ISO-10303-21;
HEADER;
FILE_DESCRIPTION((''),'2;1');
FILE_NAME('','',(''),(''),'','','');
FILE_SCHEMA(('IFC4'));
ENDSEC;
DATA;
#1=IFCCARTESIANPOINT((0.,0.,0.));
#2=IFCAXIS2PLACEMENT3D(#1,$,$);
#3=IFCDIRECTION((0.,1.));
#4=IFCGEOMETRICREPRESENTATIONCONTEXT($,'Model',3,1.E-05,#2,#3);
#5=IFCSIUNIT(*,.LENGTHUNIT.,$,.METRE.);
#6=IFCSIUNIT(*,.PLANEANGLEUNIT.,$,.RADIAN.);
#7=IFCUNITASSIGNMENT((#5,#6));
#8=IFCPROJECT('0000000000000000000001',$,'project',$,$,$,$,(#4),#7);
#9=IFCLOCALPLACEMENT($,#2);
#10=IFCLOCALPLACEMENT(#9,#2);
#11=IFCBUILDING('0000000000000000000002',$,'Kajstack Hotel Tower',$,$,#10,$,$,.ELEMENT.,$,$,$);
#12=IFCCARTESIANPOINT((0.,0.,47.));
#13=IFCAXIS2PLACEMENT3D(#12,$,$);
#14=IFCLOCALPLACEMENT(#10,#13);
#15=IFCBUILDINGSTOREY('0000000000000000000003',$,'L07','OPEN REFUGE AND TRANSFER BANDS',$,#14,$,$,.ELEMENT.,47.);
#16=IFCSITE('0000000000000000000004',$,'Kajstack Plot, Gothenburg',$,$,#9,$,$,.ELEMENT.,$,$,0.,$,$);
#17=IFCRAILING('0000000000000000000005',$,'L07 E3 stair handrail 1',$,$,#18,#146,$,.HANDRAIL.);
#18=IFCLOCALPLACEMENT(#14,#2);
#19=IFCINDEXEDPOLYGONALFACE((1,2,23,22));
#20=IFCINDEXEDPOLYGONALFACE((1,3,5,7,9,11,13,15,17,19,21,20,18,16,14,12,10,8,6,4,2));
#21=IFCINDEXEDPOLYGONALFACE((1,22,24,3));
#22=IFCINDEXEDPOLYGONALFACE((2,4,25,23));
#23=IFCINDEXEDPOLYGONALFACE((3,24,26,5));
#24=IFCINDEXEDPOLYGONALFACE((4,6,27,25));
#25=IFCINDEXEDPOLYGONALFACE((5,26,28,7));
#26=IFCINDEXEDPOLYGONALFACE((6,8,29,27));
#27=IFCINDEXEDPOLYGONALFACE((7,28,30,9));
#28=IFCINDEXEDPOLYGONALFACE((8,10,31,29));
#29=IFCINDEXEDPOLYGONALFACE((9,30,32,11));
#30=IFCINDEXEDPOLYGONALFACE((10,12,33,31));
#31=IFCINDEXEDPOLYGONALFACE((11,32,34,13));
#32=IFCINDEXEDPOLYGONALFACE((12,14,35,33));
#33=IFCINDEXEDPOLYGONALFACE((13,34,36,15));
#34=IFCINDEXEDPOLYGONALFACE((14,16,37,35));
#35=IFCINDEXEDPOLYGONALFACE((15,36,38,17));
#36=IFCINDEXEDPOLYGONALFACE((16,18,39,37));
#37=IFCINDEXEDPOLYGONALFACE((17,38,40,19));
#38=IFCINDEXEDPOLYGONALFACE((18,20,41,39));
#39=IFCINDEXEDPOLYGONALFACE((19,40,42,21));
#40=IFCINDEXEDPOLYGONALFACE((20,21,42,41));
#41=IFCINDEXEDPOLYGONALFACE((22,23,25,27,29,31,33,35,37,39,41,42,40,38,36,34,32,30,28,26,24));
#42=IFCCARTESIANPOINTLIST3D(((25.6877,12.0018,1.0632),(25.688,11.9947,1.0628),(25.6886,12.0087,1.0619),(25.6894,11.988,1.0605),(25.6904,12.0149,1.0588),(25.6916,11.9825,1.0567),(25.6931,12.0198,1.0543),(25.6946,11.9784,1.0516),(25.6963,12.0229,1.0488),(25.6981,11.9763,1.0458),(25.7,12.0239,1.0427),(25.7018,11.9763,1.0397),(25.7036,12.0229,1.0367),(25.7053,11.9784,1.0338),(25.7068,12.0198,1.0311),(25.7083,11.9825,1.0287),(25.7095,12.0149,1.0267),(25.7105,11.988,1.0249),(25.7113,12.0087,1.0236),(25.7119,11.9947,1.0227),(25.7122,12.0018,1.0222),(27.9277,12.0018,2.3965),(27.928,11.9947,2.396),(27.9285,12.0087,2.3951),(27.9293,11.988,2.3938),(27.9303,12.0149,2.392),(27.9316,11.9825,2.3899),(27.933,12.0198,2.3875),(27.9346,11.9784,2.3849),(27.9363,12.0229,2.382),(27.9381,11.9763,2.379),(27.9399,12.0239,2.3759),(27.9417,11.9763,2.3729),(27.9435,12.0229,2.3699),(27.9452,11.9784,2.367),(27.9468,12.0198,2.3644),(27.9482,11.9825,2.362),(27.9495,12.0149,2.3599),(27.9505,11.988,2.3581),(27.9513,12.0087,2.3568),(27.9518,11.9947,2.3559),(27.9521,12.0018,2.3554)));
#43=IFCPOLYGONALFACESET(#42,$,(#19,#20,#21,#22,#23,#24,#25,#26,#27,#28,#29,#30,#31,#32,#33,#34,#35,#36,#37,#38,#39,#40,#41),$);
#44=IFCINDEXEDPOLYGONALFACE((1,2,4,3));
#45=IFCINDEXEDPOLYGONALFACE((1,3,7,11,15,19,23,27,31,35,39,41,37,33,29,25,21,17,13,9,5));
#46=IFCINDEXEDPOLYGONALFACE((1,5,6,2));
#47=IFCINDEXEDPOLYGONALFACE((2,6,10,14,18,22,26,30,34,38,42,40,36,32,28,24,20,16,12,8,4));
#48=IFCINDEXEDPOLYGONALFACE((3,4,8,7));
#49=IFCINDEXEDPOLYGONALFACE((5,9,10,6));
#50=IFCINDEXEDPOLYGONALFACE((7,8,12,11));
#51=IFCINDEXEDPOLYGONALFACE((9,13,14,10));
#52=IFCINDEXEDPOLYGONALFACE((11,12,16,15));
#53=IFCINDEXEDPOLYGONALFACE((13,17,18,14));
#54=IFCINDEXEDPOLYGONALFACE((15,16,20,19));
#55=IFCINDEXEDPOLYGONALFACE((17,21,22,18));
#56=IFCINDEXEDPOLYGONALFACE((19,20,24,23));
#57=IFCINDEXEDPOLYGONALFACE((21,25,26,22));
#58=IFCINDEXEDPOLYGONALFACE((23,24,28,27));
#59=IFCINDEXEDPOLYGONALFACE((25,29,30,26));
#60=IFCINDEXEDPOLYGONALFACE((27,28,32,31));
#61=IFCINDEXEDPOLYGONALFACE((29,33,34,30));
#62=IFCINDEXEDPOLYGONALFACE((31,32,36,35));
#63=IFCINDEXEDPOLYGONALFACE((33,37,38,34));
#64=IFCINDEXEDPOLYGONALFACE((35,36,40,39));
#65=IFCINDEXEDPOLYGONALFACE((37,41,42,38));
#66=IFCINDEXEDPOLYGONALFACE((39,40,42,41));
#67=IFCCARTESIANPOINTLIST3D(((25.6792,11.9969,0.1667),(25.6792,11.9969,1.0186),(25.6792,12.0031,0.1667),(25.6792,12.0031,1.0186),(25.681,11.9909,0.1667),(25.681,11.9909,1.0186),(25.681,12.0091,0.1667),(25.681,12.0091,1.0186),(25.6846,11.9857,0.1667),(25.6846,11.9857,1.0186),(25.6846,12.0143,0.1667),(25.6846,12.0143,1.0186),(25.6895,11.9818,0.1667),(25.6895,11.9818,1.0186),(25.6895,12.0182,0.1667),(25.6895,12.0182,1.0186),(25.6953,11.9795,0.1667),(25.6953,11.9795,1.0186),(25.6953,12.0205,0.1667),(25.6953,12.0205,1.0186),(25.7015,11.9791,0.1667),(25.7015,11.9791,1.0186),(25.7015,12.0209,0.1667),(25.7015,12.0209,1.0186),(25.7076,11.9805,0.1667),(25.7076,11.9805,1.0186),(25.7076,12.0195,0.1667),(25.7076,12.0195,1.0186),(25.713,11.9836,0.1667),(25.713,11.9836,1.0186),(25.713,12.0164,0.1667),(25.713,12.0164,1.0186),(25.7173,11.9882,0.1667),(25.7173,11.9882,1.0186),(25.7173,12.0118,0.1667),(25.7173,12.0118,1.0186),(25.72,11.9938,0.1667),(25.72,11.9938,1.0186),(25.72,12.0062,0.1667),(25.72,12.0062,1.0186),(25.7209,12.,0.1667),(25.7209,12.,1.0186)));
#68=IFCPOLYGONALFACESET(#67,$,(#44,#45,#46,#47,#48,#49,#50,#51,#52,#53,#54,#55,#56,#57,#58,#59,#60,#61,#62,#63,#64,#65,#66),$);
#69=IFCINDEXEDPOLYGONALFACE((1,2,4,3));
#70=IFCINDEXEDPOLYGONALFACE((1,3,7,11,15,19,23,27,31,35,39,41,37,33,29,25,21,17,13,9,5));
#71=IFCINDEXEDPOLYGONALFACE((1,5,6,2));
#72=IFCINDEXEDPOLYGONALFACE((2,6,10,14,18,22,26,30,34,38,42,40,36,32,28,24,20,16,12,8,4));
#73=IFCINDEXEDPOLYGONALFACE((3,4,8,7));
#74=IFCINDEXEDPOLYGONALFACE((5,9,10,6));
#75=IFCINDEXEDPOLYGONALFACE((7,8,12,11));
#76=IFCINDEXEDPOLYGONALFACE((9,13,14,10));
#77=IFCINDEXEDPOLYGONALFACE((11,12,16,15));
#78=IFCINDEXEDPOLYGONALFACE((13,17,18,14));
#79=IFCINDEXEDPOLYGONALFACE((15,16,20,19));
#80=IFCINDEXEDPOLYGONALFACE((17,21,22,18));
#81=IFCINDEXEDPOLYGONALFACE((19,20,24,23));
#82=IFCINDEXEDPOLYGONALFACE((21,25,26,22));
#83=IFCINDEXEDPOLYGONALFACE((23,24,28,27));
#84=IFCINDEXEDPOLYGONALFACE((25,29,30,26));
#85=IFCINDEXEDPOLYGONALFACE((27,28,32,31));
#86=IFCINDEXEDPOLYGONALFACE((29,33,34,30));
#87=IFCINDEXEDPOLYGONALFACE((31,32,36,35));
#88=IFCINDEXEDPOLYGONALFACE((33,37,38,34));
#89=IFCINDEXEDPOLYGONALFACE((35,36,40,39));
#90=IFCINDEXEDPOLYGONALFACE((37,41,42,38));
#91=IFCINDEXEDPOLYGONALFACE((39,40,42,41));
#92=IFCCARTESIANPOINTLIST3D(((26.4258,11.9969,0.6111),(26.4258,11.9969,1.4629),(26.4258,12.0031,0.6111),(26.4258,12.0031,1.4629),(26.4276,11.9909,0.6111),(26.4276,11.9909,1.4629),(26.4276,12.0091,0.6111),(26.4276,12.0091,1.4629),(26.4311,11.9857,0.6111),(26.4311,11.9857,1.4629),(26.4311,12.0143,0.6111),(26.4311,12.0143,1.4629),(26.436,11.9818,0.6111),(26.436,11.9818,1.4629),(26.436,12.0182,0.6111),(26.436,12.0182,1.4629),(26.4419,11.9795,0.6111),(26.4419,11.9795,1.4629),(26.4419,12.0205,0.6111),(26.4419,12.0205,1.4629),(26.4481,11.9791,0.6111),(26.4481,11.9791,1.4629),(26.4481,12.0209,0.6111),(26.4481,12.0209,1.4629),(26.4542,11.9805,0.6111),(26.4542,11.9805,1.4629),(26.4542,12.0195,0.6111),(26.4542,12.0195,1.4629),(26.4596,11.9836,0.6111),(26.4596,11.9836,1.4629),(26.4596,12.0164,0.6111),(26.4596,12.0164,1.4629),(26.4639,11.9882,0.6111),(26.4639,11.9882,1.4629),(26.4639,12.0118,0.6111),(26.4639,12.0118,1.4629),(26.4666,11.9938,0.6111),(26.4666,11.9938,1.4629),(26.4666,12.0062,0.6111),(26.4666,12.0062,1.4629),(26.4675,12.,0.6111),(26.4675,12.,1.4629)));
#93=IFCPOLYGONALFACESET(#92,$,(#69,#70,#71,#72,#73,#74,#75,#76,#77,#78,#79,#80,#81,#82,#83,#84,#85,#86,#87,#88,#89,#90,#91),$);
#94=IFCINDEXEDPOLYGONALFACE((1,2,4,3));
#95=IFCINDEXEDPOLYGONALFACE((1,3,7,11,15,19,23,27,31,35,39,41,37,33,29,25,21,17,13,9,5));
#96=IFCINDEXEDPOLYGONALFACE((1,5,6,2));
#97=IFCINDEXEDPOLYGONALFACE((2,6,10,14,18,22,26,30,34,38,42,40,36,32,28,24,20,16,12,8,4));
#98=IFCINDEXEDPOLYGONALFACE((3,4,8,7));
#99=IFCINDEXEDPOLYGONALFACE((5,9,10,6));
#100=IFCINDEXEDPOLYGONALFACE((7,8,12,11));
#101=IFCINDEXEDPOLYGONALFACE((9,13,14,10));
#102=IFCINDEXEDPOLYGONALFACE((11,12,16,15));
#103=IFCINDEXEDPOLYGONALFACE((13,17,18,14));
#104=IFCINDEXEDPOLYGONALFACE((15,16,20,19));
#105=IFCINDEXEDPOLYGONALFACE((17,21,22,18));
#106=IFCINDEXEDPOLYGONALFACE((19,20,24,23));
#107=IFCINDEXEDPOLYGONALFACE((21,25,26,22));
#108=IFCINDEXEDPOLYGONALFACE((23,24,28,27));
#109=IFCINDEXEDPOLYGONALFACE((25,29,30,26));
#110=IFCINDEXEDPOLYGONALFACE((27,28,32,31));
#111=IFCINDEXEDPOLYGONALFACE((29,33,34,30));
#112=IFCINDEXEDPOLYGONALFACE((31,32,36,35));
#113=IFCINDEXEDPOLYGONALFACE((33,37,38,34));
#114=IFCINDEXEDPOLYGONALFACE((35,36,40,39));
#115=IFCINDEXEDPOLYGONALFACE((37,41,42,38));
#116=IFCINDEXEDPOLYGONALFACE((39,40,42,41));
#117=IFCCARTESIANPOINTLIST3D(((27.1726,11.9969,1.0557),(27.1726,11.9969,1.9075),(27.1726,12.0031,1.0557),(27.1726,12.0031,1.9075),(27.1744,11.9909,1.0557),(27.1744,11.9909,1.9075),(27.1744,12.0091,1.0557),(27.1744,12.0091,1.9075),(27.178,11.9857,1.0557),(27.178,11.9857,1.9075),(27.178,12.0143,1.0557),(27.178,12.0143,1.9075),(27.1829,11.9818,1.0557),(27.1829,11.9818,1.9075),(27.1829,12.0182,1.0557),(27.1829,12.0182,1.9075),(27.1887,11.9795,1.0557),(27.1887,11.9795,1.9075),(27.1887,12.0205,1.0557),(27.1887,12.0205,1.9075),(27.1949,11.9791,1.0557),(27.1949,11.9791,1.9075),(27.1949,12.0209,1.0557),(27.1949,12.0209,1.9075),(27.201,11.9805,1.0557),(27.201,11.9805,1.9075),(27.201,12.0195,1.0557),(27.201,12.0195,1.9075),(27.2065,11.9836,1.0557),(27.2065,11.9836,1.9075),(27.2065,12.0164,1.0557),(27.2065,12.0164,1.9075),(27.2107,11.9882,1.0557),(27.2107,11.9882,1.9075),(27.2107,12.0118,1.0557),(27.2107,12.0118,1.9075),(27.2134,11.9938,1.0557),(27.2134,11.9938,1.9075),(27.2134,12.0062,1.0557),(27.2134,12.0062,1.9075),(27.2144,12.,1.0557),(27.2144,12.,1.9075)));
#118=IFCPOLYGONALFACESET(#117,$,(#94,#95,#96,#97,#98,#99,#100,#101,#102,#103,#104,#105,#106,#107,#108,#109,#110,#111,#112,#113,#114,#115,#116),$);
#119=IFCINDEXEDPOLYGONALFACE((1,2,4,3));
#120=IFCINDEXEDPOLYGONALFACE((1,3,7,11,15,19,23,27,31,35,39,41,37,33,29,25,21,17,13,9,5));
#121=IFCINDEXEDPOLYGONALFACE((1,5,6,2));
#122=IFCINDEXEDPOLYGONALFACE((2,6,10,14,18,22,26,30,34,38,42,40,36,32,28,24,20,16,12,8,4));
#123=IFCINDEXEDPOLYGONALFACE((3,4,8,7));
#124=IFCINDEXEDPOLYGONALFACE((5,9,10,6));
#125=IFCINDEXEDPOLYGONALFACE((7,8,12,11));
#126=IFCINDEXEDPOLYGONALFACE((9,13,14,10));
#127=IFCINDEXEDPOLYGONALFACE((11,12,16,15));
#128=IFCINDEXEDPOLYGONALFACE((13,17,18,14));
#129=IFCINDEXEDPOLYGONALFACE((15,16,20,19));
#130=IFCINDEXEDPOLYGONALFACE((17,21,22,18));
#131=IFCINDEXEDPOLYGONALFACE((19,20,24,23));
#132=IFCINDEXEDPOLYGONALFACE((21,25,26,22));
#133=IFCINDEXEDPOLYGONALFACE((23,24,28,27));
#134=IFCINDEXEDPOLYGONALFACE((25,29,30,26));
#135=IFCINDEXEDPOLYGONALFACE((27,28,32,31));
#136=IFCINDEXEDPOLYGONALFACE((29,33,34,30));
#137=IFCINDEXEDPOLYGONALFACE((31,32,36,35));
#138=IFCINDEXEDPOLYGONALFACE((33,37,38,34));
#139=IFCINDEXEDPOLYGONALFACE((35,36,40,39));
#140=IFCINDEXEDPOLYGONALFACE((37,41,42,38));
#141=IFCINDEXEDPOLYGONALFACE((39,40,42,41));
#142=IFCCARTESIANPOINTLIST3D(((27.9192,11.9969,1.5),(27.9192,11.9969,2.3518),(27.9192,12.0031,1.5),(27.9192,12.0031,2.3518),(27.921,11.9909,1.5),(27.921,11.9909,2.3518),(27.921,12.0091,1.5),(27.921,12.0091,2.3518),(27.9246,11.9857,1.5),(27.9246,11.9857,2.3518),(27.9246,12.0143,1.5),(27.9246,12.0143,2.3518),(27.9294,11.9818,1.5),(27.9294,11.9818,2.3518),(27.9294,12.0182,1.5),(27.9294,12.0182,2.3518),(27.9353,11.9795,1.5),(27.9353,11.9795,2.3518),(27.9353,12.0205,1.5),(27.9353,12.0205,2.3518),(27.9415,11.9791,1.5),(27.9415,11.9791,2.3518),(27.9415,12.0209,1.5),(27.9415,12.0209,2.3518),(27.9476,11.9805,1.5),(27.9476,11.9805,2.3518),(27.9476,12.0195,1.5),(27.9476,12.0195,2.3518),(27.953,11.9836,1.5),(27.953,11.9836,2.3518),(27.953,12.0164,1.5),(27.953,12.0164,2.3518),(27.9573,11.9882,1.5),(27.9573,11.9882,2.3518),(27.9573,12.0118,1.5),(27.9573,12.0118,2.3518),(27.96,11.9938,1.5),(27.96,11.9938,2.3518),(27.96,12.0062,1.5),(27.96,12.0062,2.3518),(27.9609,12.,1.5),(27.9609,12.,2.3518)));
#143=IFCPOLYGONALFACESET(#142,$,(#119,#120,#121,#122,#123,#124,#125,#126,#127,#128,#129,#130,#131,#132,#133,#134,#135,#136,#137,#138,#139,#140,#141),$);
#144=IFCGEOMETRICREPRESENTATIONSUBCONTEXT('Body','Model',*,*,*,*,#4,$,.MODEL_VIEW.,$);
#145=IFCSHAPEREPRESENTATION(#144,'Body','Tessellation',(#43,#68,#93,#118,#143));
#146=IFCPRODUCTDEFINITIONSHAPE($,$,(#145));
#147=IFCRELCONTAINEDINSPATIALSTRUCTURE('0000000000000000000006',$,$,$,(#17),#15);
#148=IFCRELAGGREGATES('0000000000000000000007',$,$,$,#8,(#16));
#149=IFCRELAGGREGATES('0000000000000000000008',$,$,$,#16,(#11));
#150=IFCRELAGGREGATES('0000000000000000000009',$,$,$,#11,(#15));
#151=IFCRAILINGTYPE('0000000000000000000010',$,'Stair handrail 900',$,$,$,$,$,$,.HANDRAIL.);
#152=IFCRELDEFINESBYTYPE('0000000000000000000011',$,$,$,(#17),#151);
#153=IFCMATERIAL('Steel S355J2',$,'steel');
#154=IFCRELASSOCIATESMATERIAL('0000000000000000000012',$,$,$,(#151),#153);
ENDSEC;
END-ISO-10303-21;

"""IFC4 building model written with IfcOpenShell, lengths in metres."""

from ifc_helpers import new_model, si_unit, direction, frame, origin, origin_2d, place, context, subcontext, project, spatial, circle, extrude, material, type_object, element, save


model = new_model("IFC4")

# Units and contexts
model_context = context("Model", 3, precision=1e-05, world=origin(), true_north=direction((0.0, 1.0)))
body_context = subcontext(model_context, "Body", "Model", "MODEL_VIEW")
ifc_project = project(units=[si_unit("LENGTHUNIT", "METRE"), si_unit("PLANEANGLEUNIT", "RADIAN")], contexts=[model_context])

# Site, building, storey
site_placement = place(None, origin())
site = spatial("IfcSite", under=ifc_project, at=site_placement, Name="Kajstack Plot, Gothenburg", CompositionType="ELEMENT", RefElevation=0.0)
building_placement = place(site_placement, origin())
building = spatial("IfcBuilding", under=site, at=building_placement, Name="Kajstack Hotel Tower", CompositionType="ELEMENT")
storey_placement = place(building_placement, frame((0.0, 0.0, 47.0)))
storey = spatial("IfcBuildingStorey", under=building, at=storey_placement, Name="L07", Description="OPEN REFUGE AND TRANSFER BANDS", CompositionType="ELEMENT", Elevation=47.0)

# Railing
ifc_material_1 = material(Name="Steel S355J2", Category="steel")
railing_type_1 = type_object("IfcRailingType", Name="Stair handrail 900", PredefinedType="HANDRAIL", material=ifc_material_1)
railing_1_placement = place(storey_placement, frame((25.7, 12.0, 0.1667)))
element("IfcRailing", 1, at=railing_1_placement, inside=storey, type_object=railing_type_1, Name="L07 E3 stair handrail 1", PredefinedType="HANDRAIL", context=body_context, shape_type="SweptSolid", body=[
    extrude(circle(Radius=0.0239, at=origin_2d()), frame((0.0, 0.0, 0.876), z_axis=(0.859306, 0.0, 0.511462), x_axis=(0.0, 1.0, 0.0)), (0.0, 0.0, 1.0), 2.6067),
    extrude(circle(Radius=0.021, at=origin_2d()), origin(), (0.0, 0.0, 1.0), 0.8518),
    extrude(circle(Radius=0.021, at=origin_2d()), frame((0.7466, 0.0, 0.4443)), (0.0, 0.0, 1.0), 0.8518),
    extrude(circle(Radius=0.021, at=origin_2d()), frame((1.4934, 0.0, 0.8889)), (0.0, 0.0, 1.0), 0.8518),
    extrude(circle(Radius=0.021, at=origin_2d()), frame((2.24, 0.0, 1.3333)), (0.0, 0.0, 1.0), 0.8518),
])

save(model, "model.ifc")
